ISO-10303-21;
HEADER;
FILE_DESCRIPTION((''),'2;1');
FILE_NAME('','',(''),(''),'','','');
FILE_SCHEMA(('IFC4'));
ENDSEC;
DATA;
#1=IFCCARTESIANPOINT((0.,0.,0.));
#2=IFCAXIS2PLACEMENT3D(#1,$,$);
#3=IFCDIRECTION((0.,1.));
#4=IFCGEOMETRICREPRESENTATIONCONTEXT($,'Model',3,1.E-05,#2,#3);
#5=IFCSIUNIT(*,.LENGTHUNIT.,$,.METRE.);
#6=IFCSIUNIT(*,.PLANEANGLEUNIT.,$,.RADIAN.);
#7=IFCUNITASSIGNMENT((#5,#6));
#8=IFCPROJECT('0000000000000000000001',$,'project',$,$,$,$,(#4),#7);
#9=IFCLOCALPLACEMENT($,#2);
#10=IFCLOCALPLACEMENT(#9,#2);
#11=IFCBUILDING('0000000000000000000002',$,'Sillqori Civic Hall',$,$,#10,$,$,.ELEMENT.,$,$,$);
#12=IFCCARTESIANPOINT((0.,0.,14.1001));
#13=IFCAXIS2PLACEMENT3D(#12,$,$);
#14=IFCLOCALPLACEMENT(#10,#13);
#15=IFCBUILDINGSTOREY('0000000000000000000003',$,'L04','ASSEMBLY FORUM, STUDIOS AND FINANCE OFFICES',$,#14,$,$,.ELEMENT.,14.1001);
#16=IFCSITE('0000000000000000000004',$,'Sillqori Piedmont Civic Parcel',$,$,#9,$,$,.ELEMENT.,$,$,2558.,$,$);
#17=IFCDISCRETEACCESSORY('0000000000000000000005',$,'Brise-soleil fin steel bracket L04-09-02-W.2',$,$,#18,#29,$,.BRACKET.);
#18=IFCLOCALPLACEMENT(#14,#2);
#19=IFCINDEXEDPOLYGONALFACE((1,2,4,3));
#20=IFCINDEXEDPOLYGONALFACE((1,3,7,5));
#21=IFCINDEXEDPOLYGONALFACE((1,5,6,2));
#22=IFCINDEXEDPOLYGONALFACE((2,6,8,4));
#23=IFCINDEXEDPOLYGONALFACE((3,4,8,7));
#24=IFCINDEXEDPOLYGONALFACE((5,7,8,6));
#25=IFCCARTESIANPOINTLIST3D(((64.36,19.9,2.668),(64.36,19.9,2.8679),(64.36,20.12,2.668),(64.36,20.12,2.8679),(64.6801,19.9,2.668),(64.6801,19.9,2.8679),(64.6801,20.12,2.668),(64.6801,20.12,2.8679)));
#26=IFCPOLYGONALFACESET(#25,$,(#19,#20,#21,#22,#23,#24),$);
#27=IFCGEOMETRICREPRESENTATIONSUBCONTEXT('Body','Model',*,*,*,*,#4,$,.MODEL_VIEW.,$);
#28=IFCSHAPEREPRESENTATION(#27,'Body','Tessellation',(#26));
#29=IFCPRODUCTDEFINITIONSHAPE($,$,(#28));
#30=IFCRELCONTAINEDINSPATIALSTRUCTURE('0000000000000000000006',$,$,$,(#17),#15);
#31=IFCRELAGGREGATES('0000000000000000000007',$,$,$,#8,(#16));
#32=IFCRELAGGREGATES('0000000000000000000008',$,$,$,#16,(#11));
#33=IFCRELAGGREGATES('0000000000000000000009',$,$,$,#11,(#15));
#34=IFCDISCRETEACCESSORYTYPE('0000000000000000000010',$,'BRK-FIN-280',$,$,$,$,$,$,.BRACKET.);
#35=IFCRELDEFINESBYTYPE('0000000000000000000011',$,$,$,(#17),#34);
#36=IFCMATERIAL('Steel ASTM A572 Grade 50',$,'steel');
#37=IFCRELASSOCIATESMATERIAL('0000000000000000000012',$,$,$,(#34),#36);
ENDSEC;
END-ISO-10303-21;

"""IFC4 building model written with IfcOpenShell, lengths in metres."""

from ifc_helpers import new_model, si_unit, direction, frame, origin, origin_2d, place, context, subcontext, project, spatial, rectangle, extrude, material, type_object, element, save


model = new_model("IFC4")

# Units and contexts
model_context = context("Model", 3, precision=1e-05, world=origin(), true_north=direction((0.0, 1.0)))
body_context = subcontext(model_context, "Body", "Model", "MODEL_VIEW")
ifc_project = project(units=[si_unit("LENGTHUNIT", "METRE"), si_unit("PLANEANGLEUNIT", "RADIAN")], contexts=[model_context])

# Site, building, storey
site_placement = place(None, origin())
site = spatial("IfcSite", under=ifc_project, at=site_placement, Name="Sillqori Piedmont Civic Parcel", CompositionType="ELEMENT", RefElevation=2558.0)
building_placement = place(site_placement, origin())
building = spatial("IfcBuilding", under=site, at=building_placement, Name="Sillqori Civic Hall", CompositionType="ELEMENT")
storey_placement = place(building_placement, frame((0.0, 0.0, 14.1001)))
storey = spatial("IfcBuildingStorey", under=building, at=storey_placement, Name="L04", Description="ASSEMBLY FORUM, STUDIOS AND FINANCE OFFICES", CompositionType="ELEMENT", Elevation=14.1001)

# Discrete accessory
ifc_material_1 = material(Name="Steel ASTM A572 Grade 50", Category="steel")
discrete_accessory_type = type_object("IfcDiscreteAccessoryType", Name="BRK-FIN-280", PredefinedType="BRACKET", material=ifc_material_1)
for number, where, z_axis, x_axis, name in (
    (1, (64.52, 20.01, 2.668), (0.0, 0.0, 1.0), (0.0, 1.0, 0.0), "Brise-soleil fin steel bracket L04-09-02-W.2"),
):
    element("IfcDiscreteAccessory", number, at=place(storey_placement, frame(where, z_axis=z_axis, x_axis=x_axis)), inside=storey, type_object=discrete_accessory_type, Name=name, PredefinedType="BRACKET", context=body_context, shape_type="SweptSolid", body=[
        extrude(rectangle(XDim=0.22, YDim=0.3201, at=origin_2d()), origin(), (0.0, 0.0, 1.0), 0.2),
    ])

save(model, "model.ifc")
